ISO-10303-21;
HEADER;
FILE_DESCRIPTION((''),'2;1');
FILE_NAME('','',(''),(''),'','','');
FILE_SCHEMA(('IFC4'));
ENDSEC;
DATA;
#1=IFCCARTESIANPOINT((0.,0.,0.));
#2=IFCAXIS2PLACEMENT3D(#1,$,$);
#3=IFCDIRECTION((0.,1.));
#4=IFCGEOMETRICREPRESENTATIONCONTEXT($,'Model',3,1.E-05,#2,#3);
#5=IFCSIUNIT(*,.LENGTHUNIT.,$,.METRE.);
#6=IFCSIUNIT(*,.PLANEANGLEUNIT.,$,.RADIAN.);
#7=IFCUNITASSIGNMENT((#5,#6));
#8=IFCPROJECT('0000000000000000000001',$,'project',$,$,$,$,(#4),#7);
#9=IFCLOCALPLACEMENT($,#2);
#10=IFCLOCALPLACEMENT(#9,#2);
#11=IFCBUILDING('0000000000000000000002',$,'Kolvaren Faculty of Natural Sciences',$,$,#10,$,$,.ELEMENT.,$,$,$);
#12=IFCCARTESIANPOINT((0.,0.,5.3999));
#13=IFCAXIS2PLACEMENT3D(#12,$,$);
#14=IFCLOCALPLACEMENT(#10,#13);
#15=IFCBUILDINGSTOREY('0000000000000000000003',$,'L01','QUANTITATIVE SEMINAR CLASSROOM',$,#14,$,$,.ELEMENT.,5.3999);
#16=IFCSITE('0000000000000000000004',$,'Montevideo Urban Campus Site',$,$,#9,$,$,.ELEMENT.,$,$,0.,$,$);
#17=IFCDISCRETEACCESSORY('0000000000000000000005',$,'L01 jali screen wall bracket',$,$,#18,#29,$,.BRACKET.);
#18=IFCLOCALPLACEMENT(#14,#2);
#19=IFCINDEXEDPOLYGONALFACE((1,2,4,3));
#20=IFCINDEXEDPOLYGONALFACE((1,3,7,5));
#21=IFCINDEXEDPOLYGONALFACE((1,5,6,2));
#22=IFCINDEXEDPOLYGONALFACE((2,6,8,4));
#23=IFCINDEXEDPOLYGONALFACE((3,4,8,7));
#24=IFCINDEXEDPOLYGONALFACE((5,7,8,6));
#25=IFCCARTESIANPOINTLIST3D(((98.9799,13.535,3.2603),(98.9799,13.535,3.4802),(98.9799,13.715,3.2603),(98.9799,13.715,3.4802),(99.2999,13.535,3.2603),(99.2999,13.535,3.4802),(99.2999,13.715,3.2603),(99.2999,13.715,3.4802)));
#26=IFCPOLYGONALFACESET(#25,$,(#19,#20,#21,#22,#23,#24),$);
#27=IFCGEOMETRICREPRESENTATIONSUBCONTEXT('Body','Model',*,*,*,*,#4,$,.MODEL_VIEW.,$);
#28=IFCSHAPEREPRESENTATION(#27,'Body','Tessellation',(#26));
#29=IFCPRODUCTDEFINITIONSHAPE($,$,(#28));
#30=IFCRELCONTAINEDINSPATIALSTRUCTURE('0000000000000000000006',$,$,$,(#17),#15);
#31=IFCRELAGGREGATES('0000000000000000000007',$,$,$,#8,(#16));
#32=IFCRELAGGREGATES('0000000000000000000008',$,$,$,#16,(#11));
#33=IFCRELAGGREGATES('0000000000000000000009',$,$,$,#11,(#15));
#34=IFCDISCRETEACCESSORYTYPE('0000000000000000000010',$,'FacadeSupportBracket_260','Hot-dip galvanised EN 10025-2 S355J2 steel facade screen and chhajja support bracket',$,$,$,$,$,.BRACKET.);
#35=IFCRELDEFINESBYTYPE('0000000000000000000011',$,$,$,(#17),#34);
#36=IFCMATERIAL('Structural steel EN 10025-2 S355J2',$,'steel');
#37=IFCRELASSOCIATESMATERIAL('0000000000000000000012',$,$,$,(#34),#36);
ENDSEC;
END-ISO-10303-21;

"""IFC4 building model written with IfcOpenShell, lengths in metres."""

from ifc_helpers import new_model, si_unit, direction, frame, origin, origin_2d, place, context, subcontext, project, spatial, rectangle, extrude, material, type_object, element, save


model = new_model("IFC4")

# Units and contexts
model_context = context("Model", 3, precision=1e-05, world=origin(), true_north=direction((0.0, 1.0)))
body_context = subcontext(model_context, "Body", "Model", "MODEL_VIEW")
ifc_project = project(units=[si_unit("LENGTHUNIT", "METRE"), si_unit("PLANEANGLEUNIT", "RADIAN")], contexts=[model_context])

# Site, building, storey
site_placement = place(None, origin())
site = spatial("IfcSite", under=ifc_project, at=site_placement, Name="Montevideo Urban Campus Site", CompositionType="ELEMENT", RefElevation=0.0)
building_placement = place(site_placement, origin())
building = spatial("IfcBuilding", under=site, at=building_placement, Name="Kolvaren Faculty of Natural Sciences", CompositionType="ELEMENT")
storey_placement = place(building_placement, frame((0.0, 0.0, 5.3999)))
storey = spatial("IfcBuildingStorey", under=building, at=storey_placement, Name="L01", Description="QUANTITATIVE SEMINAR CLASSROOM", CompositionType="ELEMENT", Elevation=5.3999)

# Discrete accessory
ifc_material_1 = material(Name="Structural steel EN 10025-2 S355J2", Category="steel")
discrete_accessory_type = type_object("IfcDiscreteAccessoryType", Name="FacadeSupportBracket_260", Description="Hot-dip galvanised EN 10025-2 S355J2 steel facade screen and chhajja support bracket", PredefinedType="BRACKET", material=ifc_material_1)
for number, where, z_axis, x_axis, name in (
    (1, (99.1399, 13.625, 3.2603), (0.0, 0.0, 1.0), (0.0, 1.0, 0.0), "L01 jali screen wall bracket"),
):
    element("IfcDiscreteAccessory", number, at=place(storey_placement, frame(where, z_axis=z_axis, x_axis=x_axis)), inside=storey, type_object=discrete_accessory_type, Name=name, PredefinedType="BRACKET", context=body_context, shape_type="SweptSolid", body=[
        extrude(rectangle(XDim=0.1799, YDim=0.3201, at=origin_2d()), origin(), (0.0, 0.0, 1.0), 0.22),
    ])

save(model, "model.ifc")
